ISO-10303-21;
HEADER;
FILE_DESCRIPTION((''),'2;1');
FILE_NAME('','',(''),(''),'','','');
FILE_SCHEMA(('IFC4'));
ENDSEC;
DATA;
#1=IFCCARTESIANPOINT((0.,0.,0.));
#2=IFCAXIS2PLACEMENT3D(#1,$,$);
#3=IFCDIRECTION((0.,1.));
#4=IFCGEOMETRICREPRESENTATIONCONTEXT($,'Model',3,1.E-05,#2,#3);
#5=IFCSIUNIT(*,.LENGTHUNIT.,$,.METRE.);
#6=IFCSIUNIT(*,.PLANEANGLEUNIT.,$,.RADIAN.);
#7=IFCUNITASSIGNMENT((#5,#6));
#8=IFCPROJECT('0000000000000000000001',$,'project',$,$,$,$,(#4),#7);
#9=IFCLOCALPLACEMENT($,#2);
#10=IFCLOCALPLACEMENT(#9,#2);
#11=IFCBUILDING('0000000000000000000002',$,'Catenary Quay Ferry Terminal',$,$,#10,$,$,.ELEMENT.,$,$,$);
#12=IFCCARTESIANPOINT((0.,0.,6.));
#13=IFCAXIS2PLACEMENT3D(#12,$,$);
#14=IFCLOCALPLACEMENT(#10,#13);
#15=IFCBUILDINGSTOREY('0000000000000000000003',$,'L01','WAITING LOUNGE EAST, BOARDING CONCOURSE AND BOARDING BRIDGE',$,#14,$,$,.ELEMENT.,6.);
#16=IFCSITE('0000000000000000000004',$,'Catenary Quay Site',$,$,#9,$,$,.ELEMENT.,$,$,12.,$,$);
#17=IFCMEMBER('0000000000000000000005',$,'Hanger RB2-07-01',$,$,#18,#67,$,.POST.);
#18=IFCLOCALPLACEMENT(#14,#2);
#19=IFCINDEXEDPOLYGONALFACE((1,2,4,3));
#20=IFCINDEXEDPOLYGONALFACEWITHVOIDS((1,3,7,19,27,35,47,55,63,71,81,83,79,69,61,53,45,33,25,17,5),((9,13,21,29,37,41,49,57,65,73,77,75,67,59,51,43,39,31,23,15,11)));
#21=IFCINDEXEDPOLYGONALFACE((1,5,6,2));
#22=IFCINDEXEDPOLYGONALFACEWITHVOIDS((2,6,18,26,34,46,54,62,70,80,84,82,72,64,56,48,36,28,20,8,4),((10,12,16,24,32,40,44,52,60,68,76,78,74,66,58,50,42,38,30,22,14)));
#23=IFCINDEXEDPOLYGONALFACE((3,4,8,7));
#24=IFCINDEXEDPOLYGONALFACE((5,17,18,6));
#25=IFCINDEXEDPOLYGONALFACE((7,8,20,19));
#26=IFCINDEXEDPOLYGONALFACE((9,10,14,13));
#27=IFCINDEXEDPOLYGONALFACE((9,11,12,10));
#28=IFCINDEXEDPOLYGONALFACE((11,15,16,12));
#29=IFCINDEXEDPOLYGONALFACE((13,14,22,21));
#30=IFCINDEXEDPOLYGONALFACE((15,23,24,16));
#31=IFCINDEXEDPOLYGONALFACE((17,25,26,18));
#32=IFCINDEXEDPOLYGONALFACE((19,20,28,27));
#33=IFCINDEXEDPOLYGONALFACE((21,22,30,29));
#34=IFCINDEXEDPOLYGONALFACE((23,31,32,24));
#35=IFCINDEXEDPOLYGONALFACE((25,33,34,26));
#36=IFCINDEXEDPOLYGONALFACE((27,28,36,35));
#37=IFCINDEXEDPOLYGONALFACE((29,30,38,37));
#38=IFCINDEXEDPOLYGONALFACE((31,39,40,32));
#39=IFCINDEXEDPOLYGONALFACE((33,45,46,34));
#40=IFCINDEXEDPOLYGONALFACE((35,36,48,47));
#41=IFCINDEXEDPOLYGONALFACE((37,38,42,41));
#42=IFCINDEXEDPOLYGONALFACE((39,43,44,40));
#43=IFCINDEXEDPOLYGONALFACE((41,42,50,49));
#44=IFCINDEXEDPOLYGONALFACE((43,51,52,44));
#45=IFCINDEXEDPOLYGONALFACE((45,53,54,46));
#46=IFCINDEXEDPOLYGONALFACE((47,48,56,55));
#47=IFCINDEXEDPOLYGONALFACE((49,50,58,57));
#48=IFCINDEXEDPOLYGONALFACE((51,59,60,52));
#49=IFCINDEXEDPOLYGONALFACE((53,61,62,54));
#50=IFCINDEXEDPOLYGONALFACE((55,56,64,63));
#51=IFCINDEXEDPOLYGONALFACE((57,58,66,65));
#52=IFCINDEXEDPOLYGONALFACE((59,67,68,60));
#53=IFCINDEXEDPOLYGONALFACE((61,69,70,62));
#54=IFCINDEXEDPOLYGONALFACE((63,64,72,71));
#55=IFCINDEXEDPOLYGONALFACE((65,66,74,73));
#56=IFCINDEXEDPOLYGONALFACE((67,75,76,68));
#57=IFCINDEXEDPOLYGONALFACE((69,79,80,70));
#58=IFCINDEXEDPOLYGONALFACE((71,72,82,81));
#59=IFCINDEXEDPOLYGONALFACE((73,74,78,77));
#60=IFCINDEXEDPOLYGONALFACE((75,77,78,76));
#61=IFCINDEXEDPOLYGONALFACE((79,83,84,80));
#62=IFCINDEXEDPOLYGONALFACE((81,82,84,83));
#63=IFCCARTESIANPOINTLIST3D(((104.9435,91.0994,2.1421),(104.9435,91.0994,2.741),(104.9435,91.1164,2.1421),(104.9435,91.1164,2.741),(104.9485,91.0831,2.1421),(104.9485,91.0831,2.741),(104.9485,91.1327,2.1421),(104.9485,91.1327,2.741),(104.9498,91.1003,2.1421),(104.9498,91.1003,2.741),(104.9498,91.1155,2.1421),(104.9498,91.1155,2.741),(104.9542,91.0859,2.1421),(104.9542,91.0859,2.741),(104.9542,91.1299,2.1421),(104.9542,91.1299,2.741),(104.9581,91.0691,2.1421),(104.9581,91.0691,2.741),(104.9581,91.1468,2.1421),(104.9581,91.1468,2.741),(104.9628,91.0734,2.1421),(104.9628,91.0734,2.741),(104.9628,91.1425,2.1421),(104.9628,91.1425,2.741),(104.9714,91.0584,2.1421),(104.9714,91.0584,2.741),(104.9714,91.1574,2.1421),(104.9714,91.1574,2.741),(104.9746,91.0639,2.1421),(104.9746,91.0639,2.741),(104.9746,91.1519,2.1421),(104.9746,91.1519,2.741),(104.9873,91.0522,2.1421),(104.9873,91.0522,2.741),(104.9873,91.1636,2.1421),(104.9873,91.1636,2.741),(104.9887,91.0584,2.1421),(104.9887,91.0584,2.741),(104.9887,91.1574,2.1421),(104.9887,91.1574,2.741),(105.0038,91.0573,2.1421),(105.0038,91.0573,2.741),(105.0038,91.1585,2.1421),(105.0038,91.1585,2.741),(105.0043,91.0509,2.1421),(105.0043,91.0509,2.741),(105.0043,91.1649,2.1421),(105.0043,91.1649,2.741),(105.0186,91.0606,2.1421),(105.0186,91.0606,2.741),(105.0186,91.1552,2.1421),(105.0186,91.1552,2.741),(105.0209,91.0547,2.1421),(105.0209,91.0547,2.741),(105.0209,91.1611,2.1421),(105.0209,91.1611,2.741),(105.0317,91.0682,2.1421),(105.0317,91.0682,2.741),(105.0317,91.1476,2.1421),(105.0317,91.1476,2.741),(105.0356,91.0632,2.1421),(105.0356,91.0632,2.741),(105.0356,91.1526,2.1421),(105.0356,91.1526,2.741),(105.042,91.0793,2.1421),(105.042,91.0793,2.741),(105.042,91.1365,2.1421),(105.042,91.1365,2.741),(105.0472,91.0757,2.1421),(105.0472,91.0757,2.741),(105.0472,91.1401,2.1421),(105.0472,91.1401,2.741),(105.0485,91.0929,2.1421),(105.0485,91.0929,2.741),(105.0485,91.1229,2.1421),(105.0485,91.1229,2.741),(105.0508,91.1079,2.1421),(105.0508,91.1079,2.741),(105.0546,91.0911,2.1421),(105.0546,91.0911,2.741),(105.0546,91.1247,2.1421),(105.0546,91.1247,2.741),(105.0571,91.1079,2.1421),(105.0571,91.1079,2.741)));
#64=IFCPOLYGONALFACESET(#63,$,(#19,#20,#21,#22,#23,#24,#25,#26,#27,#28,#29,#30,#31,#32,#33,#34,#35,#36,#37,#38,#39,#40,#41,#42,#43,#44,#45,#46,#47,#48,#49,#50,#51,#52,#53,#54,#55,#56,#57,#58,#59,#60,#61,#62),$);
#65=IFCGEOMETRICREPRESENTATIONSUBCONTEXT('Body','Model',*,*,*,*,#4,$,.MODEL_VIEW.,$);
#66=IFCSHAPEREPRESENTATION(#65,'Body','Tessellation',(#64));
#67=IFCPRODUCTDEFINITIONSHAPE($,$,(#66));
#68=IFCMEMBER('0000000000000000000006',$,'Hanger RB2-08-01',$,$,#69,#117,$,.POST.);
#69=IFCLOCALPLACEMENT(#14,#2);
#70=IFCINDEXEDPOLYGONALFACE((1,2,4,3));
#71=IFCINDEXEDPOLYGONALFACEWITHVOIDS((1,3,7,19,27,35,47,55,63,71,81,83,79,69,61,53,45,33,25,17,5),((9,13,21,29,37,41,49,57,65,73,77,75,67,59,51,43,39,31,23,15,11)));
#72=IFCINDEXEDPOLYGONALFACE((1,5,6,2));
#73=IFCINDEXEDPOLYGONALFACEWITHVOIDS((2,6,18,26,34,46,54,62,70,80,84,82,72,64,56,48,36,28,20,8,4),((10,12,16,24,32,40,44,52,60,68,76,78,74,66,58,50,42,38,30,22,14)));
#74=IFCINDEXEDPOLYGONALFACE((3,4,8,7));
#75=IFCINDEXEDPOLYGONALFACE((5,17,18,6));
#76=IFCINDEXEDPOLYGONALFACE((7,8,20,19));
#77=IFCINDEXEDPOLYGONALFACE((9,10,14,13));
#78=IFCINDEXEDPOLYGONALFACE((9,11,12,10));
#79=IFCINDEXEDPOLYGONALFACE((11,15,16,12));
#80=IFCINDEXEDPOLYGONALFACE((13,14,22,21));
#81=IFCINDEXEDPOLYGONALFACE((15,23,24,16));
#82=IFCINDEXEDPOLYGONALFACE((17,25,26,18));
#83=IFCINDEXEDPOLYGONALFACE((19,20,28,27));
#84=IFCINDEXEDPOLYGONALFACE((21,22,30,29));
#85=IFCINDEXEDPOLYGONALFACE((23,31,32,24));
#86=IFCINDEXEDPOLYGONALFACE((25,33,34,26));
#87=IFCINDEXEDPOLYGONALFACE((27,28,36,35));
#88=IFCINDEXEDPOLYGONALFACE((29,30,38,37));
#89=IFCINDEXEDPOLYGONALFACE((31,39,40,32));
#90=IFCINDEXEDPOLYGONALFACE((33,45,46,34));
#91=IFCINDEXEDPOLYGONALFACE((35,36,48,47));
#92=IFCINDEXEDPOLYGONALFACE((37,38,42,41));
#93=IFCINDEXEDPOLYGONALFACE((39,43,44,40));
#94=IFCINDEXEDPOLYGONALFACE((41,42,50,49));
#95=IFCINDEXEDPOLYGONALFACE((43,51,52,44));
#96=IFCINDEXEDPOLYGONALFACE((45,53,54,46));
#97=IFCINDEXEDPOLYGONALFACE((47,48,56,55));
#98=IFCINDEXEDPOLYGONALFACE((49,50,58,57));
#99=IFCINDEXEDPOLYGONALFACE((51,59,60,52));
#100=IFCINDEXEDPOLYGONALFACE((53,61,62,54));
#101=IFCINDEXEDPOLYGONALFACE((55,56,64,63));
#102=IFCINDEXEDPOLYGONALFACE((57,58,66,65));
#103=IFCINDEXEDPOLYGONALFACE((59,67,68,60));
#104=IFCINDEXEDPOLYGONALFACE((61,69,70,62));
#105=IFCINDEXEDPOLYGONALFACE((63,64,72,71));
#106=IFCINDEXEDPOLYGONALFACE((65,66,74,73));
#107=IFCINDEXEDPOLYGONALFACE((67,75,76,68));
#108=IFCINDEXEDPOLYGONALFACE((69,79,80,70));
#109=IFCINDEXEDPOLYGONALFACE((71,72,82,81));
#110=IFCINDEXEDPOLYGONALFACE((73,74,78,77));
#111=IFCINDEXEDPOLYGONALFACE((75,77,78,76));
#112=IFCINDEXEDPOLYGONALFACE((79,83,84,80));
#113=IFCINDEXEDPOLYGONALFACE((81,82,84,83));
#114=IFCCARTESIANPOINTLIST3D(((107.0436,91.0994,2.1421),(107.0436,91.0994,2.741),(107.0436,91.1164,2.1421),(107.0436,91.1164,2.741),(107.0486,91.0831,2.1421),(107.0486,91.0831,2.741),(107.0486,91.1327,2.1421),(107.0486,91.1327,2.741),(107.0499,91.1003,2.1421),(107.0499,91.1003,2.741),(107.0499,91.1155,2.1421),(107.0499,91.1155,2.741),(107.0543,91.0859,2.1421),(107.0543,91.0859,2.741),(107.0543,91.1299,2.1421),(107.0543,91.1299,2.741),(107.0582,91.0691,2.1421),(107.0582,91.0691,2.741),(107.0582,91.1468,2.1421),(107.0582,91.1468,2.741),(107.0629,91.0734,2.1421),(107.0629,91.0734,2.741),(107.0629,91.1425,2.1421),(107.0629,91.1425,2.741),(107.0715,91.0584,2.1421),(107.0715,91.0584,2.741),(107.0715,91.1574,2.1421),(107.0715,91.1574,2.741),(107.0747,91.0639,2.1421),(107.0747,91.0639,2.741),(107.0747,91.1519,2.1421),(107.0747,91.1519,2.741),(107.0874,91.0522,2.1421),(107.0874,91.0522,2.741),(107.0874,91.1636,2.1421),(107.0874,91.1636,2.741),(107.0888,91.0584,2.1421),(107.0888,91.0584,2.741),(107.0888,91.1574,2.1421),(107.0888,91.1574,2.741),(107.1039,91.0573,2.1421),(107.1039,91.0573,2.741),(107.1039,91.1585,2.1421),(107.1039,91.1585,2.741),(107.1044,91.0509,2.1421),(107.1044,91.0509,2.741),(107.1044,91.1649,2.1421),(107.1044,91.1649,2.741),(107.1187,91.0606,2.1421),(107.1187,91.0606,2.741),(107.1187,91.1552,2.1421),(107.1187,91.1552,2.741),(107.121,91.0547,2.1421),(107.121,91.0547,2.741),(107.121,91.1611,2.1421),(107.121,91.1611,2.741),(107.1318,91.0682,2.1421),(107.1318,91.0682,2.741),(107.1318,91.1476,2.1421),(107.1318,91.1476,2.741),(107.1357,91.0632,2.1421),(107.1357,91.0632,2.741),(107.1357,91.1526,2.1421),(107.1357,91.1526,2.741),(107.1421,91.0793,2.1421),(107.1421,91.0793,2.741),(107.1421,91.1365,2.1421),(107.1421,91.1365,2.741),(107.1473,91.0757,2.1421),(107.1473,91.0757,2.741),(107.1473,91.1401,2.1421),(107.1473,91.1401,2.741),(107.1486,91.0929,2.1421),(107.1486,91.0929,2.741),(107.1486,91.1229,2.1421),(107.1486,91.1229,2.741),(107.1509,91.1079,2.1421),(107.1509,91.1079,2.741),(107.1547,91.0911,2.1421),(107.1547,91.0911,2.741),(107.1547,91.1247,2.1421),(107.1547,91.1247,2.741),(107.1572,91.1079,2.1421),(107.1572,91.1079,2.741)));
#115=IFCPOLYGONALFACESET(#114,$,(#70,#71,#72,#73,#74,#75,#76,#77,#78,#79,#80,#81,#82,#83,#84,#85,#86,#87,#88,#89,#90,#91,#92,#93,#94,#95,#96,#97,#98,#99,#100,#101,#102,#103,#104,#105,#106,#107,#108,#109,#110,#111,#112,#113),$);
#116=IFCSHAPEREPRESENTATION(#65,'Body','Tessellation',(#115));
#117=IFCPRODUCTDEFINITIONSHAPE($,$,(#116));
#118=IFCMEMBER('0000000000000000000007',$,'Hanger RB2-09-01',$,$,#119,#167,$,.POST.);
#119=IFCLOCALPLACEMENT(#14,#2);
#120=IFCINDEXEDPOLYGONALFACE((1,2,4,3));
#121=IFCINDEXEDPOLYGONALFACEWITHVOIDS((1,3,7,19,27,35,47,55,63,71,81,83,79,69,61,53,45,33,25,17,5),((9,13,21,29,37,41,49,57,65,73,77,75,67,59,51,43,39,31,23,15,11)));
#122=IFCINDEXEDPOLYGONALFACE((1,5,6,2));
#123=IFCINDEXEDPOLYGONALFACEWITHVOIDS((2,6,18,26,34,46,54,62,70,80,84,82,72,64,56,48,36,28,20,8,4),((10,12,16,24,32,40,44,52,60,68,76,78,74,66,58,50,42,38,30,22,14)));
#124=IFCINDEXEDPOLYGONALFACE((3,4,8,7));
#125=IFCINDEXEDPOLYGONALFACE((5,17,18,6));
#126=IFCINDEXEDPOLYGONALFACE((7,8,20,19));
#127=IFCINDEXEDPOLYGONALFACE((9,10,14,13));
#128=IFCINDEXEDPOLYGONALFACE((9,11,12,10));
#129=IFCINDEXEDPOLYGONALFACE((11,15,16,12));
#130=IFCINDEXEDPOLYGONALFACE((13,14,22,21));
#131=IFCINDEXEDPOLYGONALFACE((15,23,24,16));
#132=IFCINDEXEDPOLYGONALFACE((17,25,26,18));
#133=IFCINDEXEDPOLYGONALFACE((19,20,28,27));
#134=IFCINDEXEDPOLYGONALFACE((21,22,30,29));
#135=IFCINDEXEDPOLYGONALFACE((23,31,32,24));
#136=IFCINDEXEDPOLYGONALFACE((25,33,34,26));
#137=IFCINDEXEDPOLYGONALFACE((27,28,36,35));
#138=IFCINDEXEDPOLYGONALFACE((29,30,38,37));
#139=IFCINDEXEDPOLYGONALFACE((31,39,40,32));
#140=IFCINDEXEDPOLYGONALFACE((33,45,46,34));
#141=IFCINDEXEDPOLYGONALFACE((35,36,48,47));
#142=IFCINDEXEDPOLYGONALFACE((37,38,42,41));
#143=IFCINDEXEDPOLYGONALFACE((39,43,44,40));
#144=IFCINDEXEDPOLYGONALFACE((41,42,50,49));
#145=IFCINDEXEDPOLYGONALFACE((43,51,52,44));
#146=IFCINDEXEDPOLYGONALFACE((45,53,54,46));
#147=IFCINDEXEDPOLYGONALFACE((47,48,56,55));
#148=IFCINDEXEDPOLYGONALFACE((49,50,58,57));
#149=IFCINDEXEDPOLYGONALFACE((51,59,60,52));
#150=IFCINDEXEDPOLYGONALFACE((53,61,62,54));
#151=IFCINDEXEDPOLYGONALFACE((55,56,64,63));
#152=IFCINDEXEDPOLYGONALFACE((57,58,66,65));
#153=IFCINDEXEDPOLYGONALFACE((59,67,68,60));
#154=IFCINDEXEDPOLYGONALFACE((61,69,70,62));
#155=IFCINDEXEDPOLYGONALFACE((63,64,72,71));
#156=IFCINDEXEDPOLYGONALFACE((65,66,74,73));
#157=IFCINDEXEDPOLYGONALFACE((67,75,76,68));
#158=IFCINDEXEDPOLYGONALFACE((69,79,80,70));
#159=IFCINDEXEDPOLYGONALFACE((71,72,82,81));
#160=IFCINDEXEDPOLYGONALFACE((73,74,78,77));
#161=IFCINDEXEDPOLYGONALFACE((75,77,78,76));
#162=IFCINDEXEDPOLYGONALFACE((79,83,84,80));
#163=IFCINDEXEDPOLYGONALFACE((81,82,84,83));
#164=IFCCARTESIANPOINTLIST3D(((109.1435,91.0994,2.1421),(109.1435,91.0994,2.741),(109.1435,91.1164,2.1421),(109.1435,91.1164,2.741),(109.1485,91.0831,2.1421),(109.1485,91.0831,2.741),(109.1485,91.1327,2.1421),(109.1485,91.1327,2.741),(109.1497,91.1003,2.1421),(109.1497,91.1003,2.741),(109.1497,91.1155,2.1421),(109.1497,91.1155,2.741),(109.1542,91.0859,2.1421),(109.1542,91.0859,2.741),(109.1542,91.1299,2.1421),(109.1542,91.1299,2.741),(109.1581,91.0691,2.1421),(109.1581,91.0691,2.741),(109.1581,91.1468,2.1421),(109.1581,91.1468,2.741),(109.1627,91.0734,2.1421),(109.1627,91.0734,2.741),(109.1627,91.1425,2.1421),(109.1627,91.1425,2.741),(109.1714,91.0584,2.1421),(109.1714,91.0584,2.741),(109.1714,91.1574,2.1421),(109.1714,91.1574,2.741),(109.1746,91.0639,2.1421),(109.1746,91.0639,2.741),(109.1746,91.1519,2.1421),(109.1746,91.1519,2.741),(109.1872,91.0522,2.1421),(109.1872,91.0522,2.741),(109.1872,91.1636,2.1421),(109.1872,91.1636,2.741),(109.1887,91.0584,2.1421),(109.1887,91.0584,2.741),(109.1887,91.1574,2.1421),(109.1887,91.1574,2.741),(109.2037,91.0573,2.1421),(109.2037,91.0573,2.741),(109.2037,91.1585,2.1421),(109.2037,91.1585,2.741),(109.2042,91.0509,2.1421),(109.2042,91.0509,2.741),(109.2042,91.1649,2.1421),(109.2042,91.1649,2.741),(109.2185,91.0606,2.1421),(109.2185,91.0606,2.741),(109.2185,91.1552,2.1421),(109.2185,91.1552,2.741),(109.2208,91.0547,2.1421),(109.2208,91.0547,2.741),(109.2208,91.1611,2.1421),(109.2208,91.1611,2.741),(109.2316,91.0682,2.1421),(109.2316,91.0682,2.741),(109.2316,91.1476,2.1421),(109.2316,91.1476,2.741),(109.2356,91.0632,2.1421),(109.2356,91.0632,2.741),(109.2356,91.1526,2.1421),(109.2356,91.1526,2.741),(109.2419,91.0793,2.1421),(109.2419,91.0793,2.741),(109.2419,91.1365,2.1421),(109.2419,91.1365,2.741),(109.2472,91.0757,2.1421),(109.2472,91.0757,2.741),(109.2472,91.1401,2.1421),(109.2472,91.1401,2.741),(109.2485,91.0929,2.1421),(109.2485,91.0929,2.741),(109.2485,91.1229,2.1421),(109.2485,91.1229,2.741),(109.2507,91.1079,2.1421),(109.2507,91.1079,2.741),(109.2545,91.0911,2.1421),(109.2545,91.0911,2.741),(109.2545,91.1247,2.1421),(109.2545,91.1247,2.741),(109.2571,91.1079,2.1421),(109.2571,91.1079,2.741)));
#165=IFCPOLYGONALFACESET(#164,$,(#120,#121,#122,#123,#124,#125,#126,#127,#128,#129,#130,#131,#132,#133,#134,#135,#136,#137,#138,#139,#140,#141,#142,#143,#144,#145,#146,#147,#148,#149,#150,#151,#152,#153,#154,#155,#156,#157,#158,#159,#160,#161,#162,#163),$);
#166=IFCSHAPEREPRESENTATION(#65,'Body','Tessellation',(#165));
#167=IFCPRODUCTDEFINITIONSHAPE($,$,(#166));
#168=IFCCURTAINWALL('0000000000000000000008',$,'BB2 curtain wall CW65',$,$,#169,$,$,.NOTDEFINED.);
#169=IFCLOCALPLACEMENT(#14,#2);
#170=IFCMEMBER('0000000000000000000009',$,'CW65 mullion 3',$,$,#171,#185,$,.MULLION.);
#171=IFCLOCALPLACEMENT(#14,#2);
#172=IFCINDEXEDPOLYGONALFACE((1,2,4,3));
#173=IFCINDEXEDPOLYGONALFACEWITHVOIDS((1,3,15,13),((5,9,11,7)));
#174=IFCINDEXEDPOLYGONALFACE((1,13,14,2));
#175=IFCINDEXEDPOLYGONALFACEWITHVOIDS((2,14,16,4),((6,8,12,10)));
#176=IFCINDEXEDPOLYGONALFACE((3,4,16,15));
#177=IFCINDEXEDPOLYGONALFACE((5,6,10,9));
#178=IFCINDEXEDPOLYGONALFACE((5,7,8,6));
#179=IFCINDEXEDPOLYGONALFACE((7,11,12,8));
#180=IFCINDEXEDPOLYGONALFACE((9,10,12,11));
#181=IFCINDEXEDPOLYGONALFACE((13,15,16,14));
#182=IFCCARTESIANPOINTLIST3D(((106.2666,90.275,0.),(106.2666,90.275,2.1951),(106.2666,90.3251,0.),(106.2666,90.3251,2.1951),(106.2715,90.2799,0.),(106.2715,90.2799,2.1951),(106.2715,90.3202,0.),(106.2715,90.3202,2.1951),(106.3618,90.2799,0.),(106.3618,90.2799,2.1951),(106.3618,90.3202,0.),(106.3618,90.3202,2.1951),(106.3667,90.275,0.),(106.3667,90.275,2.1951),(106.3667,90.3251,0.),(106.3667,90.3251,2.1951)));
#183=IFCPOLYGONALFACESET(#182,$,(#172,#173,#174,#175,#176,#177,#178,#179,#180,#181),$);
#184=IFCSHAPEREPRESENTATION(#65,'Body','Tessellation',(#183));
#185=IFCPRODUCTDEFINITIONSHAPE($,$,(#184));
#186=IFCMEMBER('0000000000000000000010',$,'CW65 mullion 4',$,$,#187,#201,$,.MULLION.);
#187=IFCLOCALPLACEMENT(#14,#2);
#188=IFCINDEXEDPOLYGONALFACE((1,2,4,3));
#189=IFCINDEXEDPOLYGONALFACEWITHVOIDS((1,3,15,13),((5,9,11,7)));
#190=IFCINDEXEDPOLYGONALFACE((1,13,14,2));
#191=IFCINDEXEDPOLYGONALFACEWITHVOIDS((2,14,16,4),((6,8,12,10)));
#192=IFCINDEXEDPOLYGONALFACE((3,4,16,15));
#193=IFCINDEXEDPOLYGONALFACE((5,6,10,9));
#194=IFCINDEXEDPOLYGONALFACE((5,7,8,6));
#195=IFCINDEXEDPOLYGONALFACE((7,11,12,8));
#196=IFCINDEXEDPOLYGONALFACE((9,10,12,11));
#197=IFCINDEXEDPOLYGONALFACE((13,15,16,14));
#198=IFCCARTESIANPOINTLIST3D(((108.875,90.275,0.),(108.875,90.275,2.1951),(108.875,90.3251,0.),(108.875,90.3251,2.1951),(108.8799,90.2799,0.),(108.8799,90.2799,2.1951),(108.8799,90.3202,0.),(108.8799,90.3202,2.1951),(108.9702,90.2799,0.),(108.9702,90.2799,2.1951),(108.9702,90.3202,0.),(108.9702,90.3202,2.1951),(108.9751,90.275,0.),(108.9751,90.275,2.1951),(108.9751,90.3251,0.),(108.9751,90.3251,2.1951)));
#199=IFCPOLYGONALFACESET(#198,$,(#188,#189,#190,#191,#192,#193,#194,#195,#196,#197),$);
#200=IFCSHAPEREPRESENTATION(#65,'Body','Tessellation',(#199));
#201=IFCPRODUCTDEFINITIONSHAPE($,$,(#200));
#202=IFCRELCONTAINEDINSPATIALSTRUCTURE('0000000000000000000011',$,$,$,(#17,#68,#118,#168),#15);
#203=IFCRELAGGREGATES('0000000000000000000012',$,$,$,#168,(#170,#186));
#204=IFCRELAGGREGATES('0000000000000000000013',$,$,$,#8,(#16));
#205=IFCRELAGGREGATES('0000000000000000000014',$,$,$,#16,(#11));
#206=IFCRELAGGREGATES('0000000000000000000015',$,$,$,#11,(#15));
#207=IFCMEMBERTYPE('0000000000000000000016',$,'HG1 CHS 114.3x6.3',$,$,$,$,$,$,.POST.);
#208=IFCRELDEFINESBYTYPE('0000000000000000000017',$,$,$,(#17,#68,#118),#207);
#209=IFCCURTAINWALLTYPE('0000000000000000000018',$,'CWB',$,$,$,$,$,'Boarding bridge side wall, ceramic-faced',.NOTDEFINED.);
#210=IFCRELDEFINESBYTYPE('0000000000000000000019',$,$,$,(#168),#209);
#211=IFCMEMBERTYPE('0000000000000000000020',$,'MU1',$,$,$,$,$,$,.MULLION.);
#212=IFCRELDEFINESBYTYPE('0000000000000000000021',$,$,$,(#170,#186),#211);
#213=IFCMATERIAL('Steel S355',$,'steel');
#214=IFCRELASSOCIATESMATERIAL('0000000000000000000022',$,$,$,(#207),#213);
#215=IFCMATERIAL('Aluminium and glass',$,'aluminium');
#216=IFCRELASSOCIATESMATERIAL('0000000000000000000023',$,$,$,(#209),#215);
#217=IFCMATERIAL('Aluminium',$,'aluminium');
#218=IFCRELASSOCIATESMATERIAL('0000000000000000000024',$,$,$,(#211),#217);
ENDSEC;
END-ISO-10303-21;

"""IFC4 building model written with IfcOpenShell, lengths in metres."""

from ifc_helpers import new_model, si_unit, direction, frame, origin, origin_2d, place, context, subcontext, project, spatial, hollow_rectangle, hollow_circle, extrude, material, material_profile, profile_set, type_object, element, aggregate, save


model = new_model("IFC4")

# Units and contexts
model_context = context("Model", 3, precision=1e-05, world=origin(), true_north=direction((0.0, 1.0)))
body_context = subcontext(model_context, "Body", "Model", "MODEL_VIEW")
ifc_project = project(units=[si_unit("LENGTHUNIT", "METRE"), si_unit("PLANEANGLEUNIT", "RADIAN")], contexts=[model_context])

# Site, building, storey
site_placement = place(None, origin())
site = spatial("IfcSite", under=ifc_project, at=site_placement, Name="Catenary Quay Site", CompositionType="ELEMENT", RefElevation=12.0)
building_placement = place(site_placement, origin())
building = spatial("IfcBuilding", under=site, at=building_placement, Name="Catenary Quay Ferry Terminal", CompositionType="ELEMENT")
storey_placement = place(building_placement, frame((0.0, 0.0, 6.0)))
storey = spatial("IfcBuildingStorey", under=building, at=storey_placement, Name="L01", Description="WAITING LOUNGE EAST, BOARDING CONCOURSE AND BOARDING BRIDGE", CompositionType="ELEMENT", Elevation=6.0)

# Members
ifc_material_1 = material(Name="Steel S355", Category="steel")
ifc_material_profile_1 = material_profile(ifc_material_1, hollow_circle(Radius=0.0571, WallThickness=0.0063, at=origin_2d()), Name="CHS 114.3x6.3")
ifc_profile_set_1 = profile_set([ifc_material_profile_1], Name="Steel S355")
member_type_1 = type_object("IfcMemberType", Name="HG1 CHS 114.3x6.3", PredefinedType="POST", material=ifc_profile_set_1)
for number, where, z_axis, x_axis, name in (
    (1, (105.0, 91.1079, 2.1421), (0.0, 0.0, 1.0), (1.0, 0.0, 0.0), "Hanger RB2-07-01"),
    (2, (107.1001, 91.1079, 2.1421), (0.0, 0.0, 1.0), (1.0, 0.0, 0.0), "Hanger RB2-08-01"),
    (3, (109.2, 91.1079, 2.1421), (0.0, 0.0, 1.0), (1.0, 0.0, 0.0), "Hanger RB2-09-01"),
):
    element("IfcMember", number, at=place(storey_placement, frame(where, z_axis=z_axis, x_axis=x_axis)), inside=storey, type_object=member_type_1, Name=name, PredefinedType="POST", context=body_context, shape_type="SweptSolid", body=[
        extrude(hollow_circle(Radius=0.0571, WallThickness=0.0063, at=origin_2d()), origin(), (0.0, 0.0, 1.0), 0.5989),
    ])

# Curtain wall, members
ifc_material_2 = material(Name="Aluminium and glass", Category="aluminium")
curtain_wall_type = type_object("IfcCurtainWallType", Name="CWB", ElementType="Boarding bridge side wall, ceramic-faced", PredefinedType="NOTDEFINED", material=ifc_material_2)
curtain_wall_1_placement = place(storey_placement, origin())
curtain_wall_1 = element("IfcCurtainWall", 4, at=curtain_wall_1_placement, inside=storey, type_object=curtain_wall_type, Name="BB2 curtain wall CW65", PredefinedType="NOTDEFINED")
ifc_material_3 = material(Name="Aluminium", Category="aluminium")
ifc_material_profile_2 = material_profile(ifc_material_3, hollow_rectangle(XDim=0.05, YDim=0.1001, WallThickness=0.0049, at=origin_2d()), Name="MU1")
ifc_profile_set_2 = profile_set([ifc_material_profile_2], Name="Aluminium")
member_type_2 = type_object("IfcMemberType", Name="MU1", PredefinedType="MULLION", material=ifc_profile_set_2)
member_1_placement = place(storey_placement, frame((106.3167, 90.3, 0.0), z_axis=(0.0, 0.0, 1.0), x_axis=(0.0, 1.0, 0.0)))
member_1 = element("IfcMember", 5, at=member_1_placement, type_object=member_type_2, Name="CW65 mullion 3", PredefinedType="MULLION", context=body_context, shape_type="SweptSolid", body=[
    extrude(hollow_rectangle(XDim=0.05, YDim=0.1001, WallThickness=0.0049, at=origin_2d()), origin(), (0.0, 0.0, 1.0), 2.1951),
])
member_2_placement = place(storey_placement, frame((108.925, 90.3, 0.0), z_axis=(0.0, 0.0, 1.0), x_axis=(0.0, 1.0, 0.0)))
member_2 = element("IfcMember", 6, at=member_2_placement, type_object=member_type_2, Name="CW65 mullion 4", PredefinedType="MULLION", context=body_context, shape_type="SweptSolid", body=[
    extrude(hollow_rectangle(XDim=0.05, YDim=0.1001, WallThickness=0.0049, at=origin_2d()), origin(), (0.0, 0.0, 1.0), 2.1951),
])

aggregate(curtain_wall_1, [member_1, member_2])

save(model, "model.ifc")
